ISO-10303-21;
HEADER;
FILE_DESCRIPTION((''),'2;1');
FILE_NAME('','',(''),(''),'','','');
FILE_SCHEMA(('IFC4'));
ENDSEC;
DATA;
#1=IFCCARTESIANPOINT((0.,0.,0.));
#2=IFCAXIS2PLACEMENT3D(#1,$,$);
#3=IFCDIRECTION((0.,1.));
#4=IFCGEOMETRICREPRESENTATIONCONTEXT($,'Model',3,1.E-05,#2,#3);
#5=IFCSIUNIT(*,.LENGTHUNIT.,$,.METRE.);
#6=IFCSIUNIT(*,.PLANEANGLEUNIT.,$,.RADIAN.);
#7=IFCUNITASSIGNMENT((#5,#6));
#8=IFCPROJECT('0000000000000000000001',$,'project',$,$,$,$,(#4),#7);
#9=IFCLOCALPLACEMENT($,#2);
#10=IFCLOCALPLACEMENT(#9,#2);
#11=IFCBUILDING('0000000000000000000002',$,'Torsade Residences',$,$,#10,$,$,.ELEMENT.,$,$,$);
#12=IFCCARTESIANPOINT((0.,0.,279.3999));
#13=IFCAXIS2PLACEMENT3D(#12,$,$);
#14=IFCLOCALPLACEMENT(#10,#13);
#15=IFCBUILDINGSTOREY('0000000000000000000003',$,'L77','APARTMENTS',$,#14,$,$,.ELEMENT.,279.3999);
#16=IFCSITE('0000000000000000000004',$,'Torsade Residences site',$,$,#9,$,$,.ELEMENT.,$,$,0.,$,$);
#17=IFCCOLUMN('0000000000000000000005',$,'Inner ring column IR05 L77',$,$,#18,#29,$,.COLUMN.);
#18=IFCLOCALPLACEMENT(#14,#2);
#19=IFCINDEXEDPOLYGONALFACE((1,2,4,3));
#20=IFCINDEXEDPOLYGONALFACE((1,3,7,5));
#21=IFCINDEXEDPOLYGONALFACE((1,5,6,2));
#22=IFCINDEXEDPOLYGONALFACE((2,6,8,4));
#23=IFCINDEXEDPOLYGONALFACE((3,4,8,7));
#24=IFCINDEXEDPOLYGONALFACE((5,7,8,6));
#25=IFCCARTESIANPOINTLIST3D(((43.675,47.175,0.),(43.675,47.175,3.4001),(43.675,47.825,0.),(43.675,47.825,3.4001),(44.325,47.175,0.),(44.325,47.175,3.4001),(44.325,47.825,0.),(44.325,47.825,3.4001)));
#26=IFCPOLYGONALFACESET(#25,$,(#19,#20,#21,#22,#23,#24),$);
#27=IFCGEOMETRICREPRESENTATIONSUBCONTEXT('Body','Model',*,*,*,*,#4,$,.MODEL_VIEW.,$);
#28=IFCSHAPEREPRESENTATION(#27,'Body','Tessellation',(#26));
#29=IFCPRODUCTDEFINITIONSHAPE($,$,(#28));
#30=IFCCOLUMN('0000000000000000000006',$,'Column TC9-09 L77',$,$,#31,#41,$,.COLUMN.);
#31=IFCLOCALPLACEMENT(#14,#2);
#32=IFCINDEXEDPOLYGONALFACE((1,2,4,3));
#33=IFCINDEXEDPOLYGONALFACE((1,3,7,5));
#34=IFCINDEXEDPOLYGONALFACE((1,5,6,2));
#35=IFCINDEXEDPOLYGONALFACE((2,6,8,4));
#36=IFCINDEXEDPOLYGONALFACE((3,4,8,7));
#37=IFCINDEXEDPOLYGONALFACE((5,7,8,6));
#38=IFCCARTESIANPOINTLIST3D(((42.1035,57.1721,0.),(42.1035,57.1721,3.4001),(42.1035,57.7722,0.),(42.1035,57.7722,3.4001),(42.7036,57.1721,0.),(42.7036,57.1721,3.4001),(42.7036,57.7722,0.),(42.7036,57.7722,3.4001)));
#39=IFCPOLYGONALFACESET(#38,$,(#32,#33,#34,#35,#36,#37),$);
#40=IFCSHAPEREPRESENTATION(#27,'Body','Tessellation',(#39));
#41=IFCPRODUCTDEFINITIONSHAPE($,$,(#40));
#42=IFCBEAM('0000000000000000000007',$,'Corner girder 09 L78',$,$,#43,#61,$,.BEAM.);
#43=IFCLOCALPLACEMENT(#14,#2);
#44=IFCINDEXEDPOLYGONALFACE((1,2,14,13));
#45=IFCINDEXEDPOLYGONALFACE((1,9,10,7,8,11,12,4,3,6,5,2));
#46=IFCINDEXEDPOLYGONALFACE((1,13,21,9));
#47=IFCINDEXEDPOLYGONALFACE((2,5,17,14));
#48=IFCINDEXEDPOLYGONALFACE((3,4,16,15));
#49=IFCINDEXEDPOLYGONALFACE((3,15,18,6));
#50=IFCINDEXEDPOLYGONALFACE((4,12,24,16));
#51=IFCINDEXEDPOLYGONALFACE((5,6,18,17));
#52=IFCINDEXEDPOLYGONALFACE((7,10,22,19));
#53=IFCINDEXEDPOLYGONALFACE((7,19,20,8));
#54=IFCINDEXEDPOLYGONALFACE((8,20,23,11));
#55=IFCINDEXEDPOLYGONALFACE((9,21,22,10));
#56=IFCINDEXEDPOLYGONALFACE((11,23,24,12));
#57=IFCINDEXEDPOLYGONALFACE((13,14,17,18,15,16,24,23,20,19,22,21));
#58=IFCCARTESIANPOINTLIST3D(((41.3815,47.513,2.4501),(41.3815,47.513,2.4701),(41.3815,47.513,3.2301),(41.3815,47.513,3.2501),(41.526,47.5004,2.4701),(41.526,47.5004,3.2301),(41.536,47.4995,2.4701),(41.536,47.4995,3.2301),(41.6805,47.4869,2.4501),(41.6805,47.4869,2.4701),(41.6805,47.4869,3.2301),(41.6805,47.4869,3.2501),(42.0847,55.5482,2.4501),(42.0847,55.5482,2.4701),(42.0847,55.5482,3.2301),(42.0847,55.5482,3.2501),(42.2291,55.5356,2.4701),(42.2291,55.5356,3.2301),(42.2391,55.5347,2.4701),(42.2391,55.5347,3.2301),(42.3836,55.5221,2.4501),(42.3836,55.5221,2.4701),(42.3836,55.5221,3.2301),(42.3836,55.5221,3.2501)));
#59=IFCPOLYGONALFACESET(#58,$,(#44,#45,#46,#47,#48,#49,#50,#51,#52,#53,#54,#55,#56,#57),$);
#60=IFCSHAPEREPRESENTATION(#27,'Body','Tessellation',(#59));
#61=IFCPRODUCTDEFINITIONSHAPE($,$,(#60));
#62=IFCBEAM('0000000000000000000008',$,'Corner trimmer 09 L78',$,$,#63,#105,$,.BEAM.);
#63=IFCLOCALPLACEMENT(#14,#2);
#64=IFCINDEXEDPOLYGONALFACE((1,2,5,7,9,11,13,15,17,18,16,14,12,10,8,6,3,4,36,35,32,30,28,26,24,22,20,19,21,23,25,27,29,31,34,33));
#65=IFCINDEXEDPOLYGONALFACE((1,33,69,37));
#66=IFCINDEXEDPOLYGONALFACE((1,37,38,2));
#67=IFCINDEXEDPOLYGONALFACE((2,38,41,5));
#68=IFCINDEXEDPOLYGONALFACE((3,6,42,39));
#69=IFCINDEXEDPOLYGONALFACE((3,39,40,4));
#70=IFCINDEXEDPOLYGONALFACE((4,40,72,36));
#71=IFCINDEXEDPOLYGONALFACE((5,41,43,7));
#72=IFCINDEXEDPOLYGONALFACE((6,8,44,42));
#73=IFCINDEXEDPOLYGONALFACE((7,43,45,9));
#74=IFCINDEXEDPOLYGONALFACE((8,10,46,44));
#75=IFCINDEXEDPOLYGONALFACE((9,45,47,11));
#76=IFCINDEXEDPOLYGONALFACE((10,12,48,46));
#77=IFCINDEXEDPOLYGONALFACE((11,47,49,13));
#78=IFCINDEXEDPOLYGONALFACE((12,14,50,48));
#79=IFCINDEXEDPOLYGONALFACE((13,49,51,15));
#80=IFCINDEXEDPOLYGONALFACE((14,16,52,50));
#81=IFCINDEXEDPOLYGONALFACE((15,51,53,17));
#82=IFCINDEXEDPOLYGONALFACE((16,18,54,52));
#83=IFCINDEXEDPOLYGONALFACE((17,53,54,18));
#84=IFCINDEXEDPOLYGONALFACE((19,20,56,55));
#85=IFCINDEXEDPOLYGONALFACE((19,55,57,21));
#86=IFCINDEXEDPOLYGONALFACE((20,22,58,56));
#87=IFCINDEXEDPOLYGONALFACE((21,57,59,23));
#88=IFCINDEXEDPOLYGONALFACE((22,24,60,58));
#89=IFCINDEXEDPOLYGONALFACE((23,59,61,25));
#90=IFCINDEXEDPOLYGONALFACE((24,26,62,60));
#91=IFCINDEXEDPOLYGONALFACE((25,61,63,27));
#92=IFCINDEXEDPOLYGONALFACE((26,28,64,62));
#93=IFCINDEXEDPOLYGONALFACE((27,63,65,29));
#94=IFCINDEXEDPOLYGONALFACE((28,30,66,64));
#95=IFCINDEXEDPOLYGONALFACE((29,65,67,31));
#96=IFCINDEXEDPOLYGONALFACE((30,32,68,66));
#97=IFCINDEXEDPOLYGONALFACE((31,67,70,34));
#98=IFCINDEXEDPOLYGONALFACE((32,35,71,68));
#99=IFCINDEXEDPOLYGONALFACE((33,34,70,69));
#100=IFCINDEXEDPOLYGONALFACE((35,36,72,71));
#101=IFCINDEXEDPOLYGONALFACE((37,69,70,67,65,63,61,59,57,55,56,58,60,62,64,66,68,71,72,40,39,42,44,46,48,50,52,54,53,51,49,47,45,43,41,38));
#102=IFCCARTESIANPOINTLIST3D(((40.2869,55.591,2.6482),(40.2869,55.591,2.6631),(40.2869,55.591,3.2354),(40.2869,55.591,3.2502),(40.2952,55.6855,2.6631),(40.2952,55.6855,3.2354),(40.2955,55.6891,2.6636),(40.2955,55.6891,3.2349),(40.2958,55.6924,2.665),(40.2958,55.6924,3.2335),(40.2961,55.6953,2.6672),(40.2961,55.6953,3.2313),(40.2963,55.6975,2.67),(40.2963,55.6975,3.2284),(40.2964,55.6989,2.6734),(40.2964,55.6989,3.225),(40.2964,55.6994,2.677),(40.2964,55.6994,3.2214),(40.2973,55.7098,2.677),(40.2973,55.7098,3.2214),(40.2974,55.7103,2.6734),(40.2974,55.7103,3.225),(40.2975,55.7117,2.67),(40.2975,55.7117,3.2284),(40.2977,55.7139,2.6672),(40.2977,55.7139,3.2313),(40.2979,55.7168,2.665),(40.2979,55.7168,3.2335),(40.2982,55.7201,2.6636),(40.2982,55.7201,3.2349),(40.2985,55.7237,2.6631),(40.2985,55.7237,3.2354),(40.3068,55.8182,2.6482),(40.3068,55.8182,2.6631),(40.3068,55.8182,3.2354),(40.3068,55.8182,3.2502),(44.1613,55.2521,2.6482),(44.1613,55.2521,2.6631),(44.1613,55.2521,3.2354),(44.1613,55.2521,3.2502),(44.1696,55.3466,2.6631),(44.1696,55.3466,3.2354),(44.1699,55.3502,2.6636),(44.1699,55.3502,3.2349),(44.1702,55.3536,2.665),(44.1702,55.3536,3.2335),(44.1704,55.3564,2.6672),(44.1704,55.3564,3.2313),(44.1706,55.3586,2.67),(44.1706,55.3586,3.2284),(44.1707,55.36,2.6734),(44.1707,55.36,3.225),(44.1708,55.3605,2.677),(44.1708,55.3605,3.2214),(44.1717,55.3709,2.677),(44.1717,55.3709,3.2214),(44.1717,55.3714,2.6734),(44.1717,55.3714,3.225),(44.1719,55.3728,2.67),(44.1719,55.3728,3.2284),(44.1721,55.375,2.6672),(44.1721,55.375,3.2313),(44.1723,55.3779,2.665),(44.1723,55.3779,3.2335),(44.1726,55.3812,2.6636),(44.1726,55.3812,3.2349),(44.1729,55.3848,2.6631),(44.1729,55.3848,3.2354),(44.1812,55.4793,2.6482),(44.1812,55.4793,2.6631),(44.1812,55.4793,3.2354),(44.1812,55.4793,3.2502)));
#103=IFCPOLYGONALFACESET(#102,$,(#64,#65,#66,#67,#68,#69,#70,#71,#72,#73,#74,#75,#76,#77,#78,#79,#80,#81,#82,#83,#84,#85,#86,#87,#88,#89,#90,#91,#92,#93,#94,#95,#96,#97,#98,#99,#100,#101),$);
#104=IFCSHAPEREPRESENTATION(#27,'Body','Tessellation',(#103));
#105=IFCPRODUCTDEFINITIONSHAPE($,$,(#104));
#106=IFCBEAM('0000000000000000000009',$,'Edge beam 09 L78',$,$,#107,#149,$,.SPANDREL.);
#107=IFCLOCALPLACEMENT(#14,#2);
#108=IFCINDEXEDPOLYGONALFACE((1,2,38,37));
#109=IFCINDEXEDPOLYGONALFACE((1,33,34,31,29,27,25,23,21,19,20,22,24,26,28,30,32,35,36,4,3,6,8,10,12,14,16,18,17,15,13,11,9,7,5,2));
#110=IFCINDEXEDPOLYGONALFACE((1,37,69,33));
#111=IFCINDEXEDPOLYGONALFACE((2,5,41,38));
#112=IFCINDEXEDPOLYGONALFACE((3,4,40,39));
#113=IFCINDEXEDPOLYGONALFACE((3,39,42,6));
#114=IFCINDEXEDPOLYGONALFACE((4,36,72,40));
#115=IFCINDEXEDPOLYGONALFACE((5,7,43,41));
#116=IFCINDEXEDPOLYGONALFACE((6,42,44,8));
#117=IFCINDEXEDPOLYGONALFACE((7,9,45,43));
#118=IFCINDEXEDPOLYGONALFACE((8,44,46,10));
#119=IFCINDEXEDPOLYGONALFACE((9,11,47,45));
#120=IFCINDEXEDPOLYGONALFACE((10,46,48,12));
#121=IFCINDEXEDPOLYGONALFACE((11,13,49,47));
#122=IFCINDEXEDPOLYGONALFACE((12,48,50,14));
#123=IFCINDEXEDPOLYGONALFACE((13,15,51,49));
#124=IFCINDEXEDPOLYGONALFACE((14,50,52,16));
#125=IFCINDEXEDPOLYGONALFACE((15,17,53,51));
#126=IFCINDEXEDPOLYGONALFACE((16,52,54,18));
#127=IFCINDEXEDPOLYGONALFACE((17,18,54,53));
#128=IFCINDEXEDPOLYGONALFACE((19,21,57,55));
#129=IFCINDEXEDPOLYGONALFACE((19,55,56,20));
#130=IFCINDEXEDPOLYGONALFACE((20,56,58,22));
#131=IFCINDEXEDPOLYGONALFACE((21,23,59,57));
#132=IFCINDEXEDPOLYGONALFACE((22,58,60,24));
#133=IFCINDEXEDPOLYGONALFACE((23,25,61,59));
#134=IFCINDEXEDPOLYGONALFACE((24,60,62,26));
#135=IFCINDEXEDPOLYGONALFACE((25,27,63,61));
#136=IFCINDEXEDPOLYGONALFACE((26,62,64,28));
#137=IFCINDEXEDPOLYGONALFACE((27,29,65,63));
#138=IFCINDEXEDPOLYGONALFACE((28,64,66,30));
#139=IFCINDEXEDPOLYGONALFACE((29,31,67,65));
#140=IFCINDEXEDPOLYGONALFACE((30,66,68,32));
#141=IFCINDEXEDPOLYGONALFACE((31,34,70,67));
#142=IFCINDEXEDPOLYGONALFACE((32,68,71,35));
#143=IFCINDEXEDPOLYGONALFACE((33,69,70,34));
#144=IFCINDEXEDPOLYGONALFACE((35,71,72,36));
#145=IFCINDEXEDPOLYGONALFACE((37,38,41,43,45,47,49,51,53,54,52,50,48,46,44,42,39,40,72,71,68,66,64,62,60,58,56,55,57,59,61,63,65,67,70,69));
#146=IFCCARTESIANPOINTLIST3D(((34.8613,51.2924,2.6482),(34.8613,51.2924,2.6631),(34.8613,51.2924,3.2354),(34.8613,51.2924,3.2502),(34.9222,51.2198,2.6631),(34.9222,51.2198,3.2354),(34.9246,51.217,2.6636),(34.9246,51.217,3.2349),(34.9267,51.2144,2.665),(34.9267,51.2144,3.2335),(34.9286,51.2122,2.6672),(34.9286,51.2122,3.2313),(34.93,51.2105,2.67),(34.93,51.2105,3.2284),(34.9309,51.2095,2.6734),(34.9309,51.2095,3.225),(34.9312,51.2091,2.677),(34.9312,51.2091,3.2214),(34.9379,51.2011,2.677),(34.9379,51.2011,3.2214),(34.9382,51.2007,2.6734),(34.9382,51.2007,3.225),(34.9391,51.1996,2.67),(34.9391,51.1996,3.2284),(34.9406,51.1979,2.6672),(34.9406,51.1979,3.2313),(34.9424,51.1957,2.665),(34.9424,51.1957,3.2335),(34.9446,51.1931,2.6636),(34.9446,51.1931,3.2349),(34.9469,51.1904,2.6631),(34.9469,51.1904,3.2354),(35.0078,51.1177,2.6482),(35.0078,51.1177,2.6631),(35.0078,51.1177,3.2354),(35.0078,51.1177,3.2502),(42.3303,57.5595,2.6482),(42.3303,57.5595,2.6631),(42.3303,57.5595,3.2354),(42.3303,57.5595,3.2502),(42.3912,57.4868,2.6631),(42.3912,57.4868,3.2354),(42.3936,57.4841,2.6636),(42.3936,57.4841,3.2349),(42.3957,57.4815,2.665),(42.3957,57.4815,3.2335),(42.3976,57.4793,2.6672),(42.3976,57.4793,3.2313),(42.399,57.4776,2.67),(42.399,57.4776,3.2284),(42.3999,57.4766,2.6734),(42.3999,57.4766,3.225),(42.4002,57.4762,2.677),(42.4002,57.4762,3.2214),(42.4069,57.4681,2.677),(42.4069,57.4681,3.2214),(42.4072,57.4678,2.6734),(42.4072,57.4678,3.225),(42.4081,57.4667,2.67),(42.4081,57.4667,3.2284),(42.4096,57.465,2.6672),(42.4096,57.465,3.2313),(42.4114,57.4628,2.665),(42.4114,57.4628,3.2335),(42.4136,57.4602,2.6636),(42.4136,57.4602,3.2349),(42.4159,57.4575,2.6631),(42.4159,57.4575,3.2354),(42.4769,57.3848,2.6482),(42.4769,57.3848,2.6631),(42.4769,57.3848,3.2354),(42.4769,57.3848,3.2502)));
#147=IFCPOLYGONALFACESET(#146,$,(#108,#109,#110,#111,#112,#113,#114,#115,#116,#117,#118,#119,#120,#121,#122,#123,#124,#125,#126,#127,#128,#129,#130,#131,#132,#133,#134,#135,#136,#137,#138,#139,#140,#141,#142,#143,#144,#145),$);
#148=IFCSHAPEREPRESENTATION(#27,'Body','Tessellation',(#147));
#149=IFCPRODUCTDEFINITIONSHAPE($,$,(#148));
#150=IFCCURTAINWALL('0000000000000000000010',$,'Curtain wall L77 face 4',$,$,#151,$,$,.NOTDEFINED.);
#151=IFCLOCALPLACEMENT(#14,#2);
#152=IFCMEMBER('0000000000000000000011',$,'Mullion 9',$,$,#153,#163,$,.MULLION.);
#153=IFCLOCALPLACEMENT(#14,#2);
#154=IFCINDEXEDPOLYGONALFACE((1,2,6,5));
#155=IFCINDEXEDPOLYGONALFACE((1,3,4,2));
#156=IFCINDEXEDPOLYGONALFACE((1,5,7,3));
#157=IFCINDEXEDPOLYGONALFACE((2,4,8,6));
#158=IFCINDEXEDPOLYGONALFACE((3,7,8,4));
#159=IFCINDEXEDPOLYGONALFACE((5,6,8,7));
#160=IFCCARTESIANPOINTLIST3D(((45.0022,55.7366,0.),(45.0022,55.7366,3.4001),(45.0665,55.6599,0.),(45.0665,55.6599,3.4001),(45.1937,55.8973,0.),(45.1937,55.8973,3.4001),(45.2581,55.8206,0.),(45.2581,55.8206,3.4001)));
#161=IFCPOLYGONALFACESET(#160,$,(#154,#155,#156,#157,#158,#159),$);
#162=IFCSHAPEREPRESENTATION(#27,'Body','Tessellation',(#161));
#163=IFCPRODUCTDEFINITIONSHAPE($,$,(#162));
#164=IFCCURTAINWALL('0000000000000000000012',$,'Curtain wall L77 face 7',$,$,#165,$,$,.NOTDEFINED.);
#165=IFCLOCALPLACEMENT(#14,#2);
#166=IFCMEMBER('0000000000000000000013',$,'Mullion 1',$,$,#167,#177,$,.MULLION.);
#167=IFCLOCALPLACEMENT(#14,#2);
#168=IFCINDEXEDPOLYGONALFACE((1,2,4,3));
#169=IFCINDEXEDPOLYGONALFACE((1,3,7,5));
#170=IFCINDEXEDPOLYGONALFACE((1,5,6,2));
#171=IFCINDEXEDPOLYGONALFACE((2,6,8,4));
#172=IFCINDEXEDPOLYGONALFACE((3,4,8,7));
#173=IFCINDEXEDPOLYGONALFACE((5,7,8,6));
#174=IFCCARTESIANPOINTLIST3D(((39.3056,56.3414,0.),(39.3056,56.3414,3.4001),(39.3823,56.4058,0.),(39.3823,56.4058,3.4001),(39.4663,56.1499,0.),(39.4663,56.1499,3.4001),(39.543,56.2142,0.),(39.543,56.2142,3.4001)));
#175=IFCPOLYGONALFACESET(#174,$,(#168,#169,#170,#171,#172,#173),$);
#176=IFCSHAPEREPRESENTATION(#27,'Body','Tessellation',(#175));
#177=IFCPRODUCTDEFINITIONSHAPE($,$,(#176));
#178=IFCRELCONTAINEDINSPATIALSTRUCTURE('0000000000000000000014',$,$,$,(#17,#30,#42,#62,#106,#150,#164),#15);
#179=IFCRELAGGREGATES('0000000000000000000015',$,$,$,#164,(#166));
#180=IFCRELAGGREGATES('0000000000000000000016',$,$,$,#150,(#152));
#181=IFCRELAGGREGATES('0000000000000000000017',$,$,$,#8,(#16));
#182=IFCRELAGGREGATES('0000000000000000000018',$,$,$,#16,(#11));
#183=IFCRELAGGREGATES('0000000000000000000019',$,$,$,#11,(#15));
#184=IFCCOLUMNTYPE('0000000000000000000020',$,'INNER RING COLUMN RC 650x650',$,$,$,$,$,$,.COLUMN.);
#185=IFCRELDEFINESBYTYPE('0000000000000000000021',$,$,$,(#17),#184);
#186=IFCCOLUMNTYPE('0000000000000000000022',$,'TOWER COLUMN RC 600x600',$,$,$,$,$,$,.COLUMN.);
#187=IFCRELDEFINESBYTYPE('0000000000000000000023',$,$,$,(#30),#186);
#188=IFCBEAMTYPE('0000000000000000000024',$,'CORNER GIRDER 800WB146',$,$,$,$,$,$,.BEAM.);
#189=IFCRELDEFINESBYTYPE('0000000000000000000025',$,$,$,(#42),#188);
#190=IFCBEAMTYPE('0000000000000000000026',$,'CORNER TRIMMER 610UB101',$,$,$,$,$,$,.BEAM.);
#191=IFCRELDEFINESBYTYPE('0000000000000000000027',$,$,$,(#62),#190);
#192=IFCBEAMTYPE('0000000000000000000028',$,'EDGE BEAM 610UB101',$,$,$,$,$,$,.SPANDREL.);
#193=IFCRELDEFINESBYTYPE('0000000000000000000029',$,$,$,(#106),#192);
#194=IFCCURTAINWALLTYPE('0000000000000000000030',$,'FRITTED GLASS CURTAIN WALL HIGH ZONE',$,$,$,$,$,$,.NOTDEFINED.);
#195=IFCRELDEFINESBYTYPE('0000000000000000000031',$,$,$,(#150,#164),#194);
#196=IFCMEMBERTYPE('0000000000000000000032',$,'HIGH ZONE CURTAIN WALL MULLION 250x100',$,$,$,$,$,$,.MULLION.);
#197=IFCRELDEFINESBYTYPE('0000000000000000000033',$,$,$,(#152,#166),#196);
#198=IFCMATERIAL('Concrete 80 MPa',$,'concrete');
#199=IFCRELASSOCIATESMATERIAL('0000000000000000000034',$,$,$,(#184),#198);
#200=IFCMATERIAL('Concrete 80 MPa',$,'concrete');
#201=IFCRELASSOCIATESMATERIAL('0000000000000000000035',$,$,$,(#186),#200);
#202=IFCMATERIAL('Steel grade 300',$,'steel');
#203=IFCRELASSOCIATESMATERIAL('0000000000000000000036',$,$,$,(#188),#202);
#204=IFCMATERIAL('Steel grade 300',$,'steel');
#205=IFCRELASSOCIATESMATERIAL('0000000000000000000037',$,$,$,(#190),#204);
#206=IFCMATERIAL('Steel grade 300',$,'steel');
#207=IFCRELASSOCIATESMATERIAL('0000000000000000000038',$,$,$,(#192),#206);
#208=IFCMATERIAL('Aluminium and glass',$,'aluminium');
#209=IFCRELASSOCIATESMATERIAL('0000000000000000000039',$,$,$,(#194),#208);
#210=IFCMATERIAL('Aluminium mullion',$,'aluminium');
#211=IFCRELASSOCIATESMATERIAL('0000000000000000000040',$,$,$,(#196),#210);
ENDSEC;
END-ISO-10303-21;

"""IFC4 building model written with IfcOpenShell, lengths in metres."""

from ifc_helpers import new_model, si_unit, direction, frame, origin, origin_2d, place, context, subcontext, project, spatial, rectangle, i_section, extrude, material, material_profile, profile_set, type_object, element, aggregate, save


model = new_model("IFC4")

# Units and contexts
model_context = context("Model", 3, precision=1e-05, world=origin(), true_north=direction((0.0, 1.0)))
body_context = subcontext(model_context, "Body", "Model", "MODEL_VIEW")
ifc_project = project(units=[si_unit("LENGTHUNIT", "METRE"), si_unit("PLANEANGLEUNIT", "RADIAN")], contexts=[model_context])

# Site, building, storey
site_placement = place(None, origin())
site = spatial("IfcSite", under=ifc_project, at=site_placement, Name="Torsade Residences site", CompositionType="ELEMENT", RefElevation=0.0)
building_placement = place(site_placement, origin())
building = spatial("IfcBuilding", under=site, at=building_placement, Name="Torsade Residences", CompositionType="ELEMENT")
storey_placement = place(building_placement, frame((0.0, 0.0, 279.3999)))
storey = spatial("IfcBuildingStorey", under=building, at=storey_placement, Name="L77", Description="APARTMENTS", CompositionType="ELEMENT", Elevation=279.3999)

# Columns
ifc_material_1 = material(Name="Concrete 80 MPa", Category="concrete")
ifc_material_profile_1 = material_profile(ifc_material_1, rectangle(XDim=0.6499, YDim=0.6499, at=origin_2d()), Name="RC 650x650")
ifc_profile_set_1 = profile_set([ifc_material_profile_1], Name="Concrete 80 MPa")
column_type_1 = type_object("IfcColumnType", Name="INNER RING COLUMN RC 650x650", PredefinedType="COLUMN", material=ifc_profile_set_1)
column_1_placement = place(storey_placement, frame((44.0, 47.5, 0.0), z_axis=(0.0, 0.0, 1.0), x_axis=(1.0, 0.0, 0.0)))
element("IfcColumn", 1, at=column_1_placement, inside=storey, type_object=column_type_1, Name="Inner ring column IR05 L77", PredefinedType="COLUMN", context=body_context, shape_type="SweptSolid", body=[
    extrude(rectangle(XDim=0.6499, YDim=0.6499, at=origin_2d()), origin(), (0.0, 0.0, 1.0), 3.4001),
])
ifc_material_2 = material(Name="Concrete 80 MPa", Category="concrete")
ifc_material_profile_2 = material_profile(ifc_material_2, rectangle(XDim=0.6001, YDim=0.6001, at=origin_2d()), Name="RC 600x600")
ifc_profile_set_2 = profile_set([ifc_material_profile_2], Name="Concrete 80 MPa")
column_type_2 = type_object("IfcColumnType", Name="TOWER COLUMN RC 600x600", PredefinedType="COLUMN", material=ifc_profile_set_2)
column_2_placement = place(storey_placement, frame((42.4036, 57.4722, 0.0), z_axis=(0.0, 0.0, 1.0), x_axis=(1.0, 0.0, 0.0)))
element("IfcColumn", 2, at=column_2_placement, inside=storey, type_object=column_type_2, Name="Column TC9-09 L77", PredefinedType="COLUMN", context=body_context, shape_type="SweptSolid", body=[
    extrude(rectangle(XDim=0.6001, YDim=0.6001, at=origin_2d()), origin(), (0.0, 0.0, 1.0), 3.4001),
])

# Beams
ifc_material_3 = material(Name="Steel grade 300", Category="steel")
ifc_material_profile_3 = material_profile(ifc_material_3, i_section(OverallWidth=0.3, OverallDepth=0.8, WebThickness=0.01, FlangeThickness=0.02, at=origin_2d()), Name="800WB146")
ifc_profile_set_3 = profile_set([ifc_material_profile_3], Name="Steel grade 300")
beam_type_1 = type_object("IfcBeamType", Name="CORNER GIRDER 800WB146", PredefinedType="BEAM", material=ifc_profile_set_3)
beam_1_placement = place(storey_placement, frame((42.2341, 55.5352, 2.8501), z_axis=(-0.087173, -0.996193, 0.0), x_axis=(0.996193, -0.087173, 0.0)))
element("IfcBeam", 3, at=beam_1_placement, inside=storey, type_object=beam_type_1, Name="Corner girder 09 L78", PredefinedType="BEAM", context=body_context, shape_type="SweptSolid", body=[
    extrude(i_section(OverallWidth=0.3, OverallDepth=0.8, WebThickness=0.01, FlangeThickness=0.02, at=origin_2d()), origin(), (0.0, 0.0, 1.0), 8.0659),
])
ifc_material_4 = material(Name="Steel grade 300", Category="steel")
ifc_material_profile_4 = material_profile(ifc_material_4, i_section(OverallWidth=0.228, OverallDepth=0.6021, WebThickness=0.0105, FlangeThickness=0.0149, FilletRadius=0.0139, at=origin_2d()), Name="610UB101")
ifc_profile_set_4 = profile_set([ifc_material_profile_4], Name="Steel grade 300")
beam_type_2 = type_object("IfcBeamType", Name="CORNER TRIMMER 610UB101", PredefinedType="BEAM", material=ifc_profile_set_4)
beam_2_placement = place(storey_placement, frame((40.2969, 55.7046, 2.9492), z_axis=(0.996197, -0.087133, 0.0), x_axis=(0.087133, 0.996197, 0.0)))
element("IfcBeam", 4, at=beam_2_placement, inside=storey, type_object=beam_type_2, Name="Corner trimmer 09 L78", PredefinedType="BEAM", context=body_context, shape_type="SweptSolid", body=[
    extrude(i_section(OverallWidth=0.228, OverallDepth=0.6021, WebThickness=0.0105, FlangeThickness=0.0149, FilletRadius=0.0139, at=origin_2d()), origin(), (0.0, 0.0, 1.0), 3.8892),
])
ifc_material_5 = material(Name="Steel grade 300", Category="steel")
ifc_material_profile_5 = material_profile(ifc_material_5, i_section(OverallWidth=0.228, OverallDepth=0.6021, WebThickness=0.0105, FlangeThickness=0.0149, FilletRadius=0.0139, at=origin_2d()), Name="610UB101")
ifc_profile_set_5 = profile_set([ifc_material_profile_5], Name="Steel grade 300")
beam_type_3 = type_object("IfcBeamType", Name="EDGE BEAM 610UB101", PredefinedType="SPANDREL", material=ifc_profile_set_5)
beam_3_placement = place(storey_placement, frame((42.4036, 57.4722, 2.9492), z_axis=(-0.766052, -0.642779, 0.0), x_axis=(0.642779, -0.766052, 0.0)))
element("IfcBeam", 5, at=beam_3_placement, inside=storey, type_object=beam_type_3, Name="Edge beam 09 L78", PredefinedType="SPANDREL", context=body_context, shape_type="SweptSolid", body=[
    extrude(i_section(OverallWidth=0.228, OverallDepth=0.6021, WebThickness=0.0105, FlangeThickness=0.0149, FilletRadius=0.0139, at=origin_2d()), origin(), (0.0, 0.0, 1.0), 9.75),
])

# Curtain wall, member
ifc_material_6 = material(Name="Aluminium and glass", Category="aluminium")
curtain_wall_type = type_object("IfcCurtainWallType", Name="FRITTED GLASS CURTAIN WALL HIGH ZONE", PredefinedType="NOTDEFINED", material=ifc_material_6)
curtain_wall_1_placement = place(storey_placement, origin())
curtain_wall_1 = element("IfcCurtainWall", 6, at=curtain_wall_1_placement, inside=storey, type_object=curtain_wall_type, Name="Curtain wall L77 face 4", PredefinedType="NOTDEFINED")
ifc_material_7 = material(Name="Aluminium mullion", Category="aluminium")
ifc_material_profile_6 = material_profile(ifc_material_7, rectangle(XDim=0.25, YDim=0.1001, at=origin_2d()), Name="HIGH ZONE CURTAIN WALL MULLION 250x100")
ifc_profile_set_6 = profile_set([ifc_material_profile_6], Name="Aluminium mullion")
member_type_1 = type_object("IfcMemberType", Name="HIGH ZONE CURTAIN WALL MULLION 250x100", PredefinedType="MULLION", material=ifc_profile_set_6)
member_1_placement = place(storey_placement, frame((45.1301, 55.7786, 0.0), z_axis=(0.0, 0.0, 1.0), x_axis=(-0.766044, -0.642788, 0.0)))
member_1 = element("IfcMember", 7, at=member_1_placement, type_object=member_type_1, Name="Mullion 9", PredefinedType="MULLION", context=body_context, shape_type="SweptSolid", body=[
    extrude(rectangle(XDim=0.25, YDim=0.1001, at=origin_2d()), origin(), (0.0, 0.0, 1.0), 3.4001),
])

# Curtain wall, member
curtain_wall_2_placement = place(storey_placement, origin())
curtain_wall_2 = element("IfcCurtainWall", 8, at=curtain_wall_2_placement, inside=storey, type_object=curtain_wall_type, Name="Curtain wall L77 face 7", PredefinedType="NOTDEFINED")
member_2_placement = place(storey_placement, frame((39.4243, 56.2778, 0.0), z_axis=(0.0, 0.0, 1.0), x_axis=(0.642788, -0.766044, 0.0)))
member_2 = element("IfcMember", 9, at=member_2_placement, type_object=member_type_1, Name="Mullion 1", PredefinedType="MULLION", context=body_context, shape_type="SweptSolid", body=[
    extrude(rectangle(XDim=0.25, YDim=0.1001, at=origin_2d()), origin(), (0.0, 0.0, 1.0), 3.4001),
])
aggregate(curtain_wall_2, [member_2])

aggregate(curtain_wall_1, [member_1])

save(model, "model.ifc")
